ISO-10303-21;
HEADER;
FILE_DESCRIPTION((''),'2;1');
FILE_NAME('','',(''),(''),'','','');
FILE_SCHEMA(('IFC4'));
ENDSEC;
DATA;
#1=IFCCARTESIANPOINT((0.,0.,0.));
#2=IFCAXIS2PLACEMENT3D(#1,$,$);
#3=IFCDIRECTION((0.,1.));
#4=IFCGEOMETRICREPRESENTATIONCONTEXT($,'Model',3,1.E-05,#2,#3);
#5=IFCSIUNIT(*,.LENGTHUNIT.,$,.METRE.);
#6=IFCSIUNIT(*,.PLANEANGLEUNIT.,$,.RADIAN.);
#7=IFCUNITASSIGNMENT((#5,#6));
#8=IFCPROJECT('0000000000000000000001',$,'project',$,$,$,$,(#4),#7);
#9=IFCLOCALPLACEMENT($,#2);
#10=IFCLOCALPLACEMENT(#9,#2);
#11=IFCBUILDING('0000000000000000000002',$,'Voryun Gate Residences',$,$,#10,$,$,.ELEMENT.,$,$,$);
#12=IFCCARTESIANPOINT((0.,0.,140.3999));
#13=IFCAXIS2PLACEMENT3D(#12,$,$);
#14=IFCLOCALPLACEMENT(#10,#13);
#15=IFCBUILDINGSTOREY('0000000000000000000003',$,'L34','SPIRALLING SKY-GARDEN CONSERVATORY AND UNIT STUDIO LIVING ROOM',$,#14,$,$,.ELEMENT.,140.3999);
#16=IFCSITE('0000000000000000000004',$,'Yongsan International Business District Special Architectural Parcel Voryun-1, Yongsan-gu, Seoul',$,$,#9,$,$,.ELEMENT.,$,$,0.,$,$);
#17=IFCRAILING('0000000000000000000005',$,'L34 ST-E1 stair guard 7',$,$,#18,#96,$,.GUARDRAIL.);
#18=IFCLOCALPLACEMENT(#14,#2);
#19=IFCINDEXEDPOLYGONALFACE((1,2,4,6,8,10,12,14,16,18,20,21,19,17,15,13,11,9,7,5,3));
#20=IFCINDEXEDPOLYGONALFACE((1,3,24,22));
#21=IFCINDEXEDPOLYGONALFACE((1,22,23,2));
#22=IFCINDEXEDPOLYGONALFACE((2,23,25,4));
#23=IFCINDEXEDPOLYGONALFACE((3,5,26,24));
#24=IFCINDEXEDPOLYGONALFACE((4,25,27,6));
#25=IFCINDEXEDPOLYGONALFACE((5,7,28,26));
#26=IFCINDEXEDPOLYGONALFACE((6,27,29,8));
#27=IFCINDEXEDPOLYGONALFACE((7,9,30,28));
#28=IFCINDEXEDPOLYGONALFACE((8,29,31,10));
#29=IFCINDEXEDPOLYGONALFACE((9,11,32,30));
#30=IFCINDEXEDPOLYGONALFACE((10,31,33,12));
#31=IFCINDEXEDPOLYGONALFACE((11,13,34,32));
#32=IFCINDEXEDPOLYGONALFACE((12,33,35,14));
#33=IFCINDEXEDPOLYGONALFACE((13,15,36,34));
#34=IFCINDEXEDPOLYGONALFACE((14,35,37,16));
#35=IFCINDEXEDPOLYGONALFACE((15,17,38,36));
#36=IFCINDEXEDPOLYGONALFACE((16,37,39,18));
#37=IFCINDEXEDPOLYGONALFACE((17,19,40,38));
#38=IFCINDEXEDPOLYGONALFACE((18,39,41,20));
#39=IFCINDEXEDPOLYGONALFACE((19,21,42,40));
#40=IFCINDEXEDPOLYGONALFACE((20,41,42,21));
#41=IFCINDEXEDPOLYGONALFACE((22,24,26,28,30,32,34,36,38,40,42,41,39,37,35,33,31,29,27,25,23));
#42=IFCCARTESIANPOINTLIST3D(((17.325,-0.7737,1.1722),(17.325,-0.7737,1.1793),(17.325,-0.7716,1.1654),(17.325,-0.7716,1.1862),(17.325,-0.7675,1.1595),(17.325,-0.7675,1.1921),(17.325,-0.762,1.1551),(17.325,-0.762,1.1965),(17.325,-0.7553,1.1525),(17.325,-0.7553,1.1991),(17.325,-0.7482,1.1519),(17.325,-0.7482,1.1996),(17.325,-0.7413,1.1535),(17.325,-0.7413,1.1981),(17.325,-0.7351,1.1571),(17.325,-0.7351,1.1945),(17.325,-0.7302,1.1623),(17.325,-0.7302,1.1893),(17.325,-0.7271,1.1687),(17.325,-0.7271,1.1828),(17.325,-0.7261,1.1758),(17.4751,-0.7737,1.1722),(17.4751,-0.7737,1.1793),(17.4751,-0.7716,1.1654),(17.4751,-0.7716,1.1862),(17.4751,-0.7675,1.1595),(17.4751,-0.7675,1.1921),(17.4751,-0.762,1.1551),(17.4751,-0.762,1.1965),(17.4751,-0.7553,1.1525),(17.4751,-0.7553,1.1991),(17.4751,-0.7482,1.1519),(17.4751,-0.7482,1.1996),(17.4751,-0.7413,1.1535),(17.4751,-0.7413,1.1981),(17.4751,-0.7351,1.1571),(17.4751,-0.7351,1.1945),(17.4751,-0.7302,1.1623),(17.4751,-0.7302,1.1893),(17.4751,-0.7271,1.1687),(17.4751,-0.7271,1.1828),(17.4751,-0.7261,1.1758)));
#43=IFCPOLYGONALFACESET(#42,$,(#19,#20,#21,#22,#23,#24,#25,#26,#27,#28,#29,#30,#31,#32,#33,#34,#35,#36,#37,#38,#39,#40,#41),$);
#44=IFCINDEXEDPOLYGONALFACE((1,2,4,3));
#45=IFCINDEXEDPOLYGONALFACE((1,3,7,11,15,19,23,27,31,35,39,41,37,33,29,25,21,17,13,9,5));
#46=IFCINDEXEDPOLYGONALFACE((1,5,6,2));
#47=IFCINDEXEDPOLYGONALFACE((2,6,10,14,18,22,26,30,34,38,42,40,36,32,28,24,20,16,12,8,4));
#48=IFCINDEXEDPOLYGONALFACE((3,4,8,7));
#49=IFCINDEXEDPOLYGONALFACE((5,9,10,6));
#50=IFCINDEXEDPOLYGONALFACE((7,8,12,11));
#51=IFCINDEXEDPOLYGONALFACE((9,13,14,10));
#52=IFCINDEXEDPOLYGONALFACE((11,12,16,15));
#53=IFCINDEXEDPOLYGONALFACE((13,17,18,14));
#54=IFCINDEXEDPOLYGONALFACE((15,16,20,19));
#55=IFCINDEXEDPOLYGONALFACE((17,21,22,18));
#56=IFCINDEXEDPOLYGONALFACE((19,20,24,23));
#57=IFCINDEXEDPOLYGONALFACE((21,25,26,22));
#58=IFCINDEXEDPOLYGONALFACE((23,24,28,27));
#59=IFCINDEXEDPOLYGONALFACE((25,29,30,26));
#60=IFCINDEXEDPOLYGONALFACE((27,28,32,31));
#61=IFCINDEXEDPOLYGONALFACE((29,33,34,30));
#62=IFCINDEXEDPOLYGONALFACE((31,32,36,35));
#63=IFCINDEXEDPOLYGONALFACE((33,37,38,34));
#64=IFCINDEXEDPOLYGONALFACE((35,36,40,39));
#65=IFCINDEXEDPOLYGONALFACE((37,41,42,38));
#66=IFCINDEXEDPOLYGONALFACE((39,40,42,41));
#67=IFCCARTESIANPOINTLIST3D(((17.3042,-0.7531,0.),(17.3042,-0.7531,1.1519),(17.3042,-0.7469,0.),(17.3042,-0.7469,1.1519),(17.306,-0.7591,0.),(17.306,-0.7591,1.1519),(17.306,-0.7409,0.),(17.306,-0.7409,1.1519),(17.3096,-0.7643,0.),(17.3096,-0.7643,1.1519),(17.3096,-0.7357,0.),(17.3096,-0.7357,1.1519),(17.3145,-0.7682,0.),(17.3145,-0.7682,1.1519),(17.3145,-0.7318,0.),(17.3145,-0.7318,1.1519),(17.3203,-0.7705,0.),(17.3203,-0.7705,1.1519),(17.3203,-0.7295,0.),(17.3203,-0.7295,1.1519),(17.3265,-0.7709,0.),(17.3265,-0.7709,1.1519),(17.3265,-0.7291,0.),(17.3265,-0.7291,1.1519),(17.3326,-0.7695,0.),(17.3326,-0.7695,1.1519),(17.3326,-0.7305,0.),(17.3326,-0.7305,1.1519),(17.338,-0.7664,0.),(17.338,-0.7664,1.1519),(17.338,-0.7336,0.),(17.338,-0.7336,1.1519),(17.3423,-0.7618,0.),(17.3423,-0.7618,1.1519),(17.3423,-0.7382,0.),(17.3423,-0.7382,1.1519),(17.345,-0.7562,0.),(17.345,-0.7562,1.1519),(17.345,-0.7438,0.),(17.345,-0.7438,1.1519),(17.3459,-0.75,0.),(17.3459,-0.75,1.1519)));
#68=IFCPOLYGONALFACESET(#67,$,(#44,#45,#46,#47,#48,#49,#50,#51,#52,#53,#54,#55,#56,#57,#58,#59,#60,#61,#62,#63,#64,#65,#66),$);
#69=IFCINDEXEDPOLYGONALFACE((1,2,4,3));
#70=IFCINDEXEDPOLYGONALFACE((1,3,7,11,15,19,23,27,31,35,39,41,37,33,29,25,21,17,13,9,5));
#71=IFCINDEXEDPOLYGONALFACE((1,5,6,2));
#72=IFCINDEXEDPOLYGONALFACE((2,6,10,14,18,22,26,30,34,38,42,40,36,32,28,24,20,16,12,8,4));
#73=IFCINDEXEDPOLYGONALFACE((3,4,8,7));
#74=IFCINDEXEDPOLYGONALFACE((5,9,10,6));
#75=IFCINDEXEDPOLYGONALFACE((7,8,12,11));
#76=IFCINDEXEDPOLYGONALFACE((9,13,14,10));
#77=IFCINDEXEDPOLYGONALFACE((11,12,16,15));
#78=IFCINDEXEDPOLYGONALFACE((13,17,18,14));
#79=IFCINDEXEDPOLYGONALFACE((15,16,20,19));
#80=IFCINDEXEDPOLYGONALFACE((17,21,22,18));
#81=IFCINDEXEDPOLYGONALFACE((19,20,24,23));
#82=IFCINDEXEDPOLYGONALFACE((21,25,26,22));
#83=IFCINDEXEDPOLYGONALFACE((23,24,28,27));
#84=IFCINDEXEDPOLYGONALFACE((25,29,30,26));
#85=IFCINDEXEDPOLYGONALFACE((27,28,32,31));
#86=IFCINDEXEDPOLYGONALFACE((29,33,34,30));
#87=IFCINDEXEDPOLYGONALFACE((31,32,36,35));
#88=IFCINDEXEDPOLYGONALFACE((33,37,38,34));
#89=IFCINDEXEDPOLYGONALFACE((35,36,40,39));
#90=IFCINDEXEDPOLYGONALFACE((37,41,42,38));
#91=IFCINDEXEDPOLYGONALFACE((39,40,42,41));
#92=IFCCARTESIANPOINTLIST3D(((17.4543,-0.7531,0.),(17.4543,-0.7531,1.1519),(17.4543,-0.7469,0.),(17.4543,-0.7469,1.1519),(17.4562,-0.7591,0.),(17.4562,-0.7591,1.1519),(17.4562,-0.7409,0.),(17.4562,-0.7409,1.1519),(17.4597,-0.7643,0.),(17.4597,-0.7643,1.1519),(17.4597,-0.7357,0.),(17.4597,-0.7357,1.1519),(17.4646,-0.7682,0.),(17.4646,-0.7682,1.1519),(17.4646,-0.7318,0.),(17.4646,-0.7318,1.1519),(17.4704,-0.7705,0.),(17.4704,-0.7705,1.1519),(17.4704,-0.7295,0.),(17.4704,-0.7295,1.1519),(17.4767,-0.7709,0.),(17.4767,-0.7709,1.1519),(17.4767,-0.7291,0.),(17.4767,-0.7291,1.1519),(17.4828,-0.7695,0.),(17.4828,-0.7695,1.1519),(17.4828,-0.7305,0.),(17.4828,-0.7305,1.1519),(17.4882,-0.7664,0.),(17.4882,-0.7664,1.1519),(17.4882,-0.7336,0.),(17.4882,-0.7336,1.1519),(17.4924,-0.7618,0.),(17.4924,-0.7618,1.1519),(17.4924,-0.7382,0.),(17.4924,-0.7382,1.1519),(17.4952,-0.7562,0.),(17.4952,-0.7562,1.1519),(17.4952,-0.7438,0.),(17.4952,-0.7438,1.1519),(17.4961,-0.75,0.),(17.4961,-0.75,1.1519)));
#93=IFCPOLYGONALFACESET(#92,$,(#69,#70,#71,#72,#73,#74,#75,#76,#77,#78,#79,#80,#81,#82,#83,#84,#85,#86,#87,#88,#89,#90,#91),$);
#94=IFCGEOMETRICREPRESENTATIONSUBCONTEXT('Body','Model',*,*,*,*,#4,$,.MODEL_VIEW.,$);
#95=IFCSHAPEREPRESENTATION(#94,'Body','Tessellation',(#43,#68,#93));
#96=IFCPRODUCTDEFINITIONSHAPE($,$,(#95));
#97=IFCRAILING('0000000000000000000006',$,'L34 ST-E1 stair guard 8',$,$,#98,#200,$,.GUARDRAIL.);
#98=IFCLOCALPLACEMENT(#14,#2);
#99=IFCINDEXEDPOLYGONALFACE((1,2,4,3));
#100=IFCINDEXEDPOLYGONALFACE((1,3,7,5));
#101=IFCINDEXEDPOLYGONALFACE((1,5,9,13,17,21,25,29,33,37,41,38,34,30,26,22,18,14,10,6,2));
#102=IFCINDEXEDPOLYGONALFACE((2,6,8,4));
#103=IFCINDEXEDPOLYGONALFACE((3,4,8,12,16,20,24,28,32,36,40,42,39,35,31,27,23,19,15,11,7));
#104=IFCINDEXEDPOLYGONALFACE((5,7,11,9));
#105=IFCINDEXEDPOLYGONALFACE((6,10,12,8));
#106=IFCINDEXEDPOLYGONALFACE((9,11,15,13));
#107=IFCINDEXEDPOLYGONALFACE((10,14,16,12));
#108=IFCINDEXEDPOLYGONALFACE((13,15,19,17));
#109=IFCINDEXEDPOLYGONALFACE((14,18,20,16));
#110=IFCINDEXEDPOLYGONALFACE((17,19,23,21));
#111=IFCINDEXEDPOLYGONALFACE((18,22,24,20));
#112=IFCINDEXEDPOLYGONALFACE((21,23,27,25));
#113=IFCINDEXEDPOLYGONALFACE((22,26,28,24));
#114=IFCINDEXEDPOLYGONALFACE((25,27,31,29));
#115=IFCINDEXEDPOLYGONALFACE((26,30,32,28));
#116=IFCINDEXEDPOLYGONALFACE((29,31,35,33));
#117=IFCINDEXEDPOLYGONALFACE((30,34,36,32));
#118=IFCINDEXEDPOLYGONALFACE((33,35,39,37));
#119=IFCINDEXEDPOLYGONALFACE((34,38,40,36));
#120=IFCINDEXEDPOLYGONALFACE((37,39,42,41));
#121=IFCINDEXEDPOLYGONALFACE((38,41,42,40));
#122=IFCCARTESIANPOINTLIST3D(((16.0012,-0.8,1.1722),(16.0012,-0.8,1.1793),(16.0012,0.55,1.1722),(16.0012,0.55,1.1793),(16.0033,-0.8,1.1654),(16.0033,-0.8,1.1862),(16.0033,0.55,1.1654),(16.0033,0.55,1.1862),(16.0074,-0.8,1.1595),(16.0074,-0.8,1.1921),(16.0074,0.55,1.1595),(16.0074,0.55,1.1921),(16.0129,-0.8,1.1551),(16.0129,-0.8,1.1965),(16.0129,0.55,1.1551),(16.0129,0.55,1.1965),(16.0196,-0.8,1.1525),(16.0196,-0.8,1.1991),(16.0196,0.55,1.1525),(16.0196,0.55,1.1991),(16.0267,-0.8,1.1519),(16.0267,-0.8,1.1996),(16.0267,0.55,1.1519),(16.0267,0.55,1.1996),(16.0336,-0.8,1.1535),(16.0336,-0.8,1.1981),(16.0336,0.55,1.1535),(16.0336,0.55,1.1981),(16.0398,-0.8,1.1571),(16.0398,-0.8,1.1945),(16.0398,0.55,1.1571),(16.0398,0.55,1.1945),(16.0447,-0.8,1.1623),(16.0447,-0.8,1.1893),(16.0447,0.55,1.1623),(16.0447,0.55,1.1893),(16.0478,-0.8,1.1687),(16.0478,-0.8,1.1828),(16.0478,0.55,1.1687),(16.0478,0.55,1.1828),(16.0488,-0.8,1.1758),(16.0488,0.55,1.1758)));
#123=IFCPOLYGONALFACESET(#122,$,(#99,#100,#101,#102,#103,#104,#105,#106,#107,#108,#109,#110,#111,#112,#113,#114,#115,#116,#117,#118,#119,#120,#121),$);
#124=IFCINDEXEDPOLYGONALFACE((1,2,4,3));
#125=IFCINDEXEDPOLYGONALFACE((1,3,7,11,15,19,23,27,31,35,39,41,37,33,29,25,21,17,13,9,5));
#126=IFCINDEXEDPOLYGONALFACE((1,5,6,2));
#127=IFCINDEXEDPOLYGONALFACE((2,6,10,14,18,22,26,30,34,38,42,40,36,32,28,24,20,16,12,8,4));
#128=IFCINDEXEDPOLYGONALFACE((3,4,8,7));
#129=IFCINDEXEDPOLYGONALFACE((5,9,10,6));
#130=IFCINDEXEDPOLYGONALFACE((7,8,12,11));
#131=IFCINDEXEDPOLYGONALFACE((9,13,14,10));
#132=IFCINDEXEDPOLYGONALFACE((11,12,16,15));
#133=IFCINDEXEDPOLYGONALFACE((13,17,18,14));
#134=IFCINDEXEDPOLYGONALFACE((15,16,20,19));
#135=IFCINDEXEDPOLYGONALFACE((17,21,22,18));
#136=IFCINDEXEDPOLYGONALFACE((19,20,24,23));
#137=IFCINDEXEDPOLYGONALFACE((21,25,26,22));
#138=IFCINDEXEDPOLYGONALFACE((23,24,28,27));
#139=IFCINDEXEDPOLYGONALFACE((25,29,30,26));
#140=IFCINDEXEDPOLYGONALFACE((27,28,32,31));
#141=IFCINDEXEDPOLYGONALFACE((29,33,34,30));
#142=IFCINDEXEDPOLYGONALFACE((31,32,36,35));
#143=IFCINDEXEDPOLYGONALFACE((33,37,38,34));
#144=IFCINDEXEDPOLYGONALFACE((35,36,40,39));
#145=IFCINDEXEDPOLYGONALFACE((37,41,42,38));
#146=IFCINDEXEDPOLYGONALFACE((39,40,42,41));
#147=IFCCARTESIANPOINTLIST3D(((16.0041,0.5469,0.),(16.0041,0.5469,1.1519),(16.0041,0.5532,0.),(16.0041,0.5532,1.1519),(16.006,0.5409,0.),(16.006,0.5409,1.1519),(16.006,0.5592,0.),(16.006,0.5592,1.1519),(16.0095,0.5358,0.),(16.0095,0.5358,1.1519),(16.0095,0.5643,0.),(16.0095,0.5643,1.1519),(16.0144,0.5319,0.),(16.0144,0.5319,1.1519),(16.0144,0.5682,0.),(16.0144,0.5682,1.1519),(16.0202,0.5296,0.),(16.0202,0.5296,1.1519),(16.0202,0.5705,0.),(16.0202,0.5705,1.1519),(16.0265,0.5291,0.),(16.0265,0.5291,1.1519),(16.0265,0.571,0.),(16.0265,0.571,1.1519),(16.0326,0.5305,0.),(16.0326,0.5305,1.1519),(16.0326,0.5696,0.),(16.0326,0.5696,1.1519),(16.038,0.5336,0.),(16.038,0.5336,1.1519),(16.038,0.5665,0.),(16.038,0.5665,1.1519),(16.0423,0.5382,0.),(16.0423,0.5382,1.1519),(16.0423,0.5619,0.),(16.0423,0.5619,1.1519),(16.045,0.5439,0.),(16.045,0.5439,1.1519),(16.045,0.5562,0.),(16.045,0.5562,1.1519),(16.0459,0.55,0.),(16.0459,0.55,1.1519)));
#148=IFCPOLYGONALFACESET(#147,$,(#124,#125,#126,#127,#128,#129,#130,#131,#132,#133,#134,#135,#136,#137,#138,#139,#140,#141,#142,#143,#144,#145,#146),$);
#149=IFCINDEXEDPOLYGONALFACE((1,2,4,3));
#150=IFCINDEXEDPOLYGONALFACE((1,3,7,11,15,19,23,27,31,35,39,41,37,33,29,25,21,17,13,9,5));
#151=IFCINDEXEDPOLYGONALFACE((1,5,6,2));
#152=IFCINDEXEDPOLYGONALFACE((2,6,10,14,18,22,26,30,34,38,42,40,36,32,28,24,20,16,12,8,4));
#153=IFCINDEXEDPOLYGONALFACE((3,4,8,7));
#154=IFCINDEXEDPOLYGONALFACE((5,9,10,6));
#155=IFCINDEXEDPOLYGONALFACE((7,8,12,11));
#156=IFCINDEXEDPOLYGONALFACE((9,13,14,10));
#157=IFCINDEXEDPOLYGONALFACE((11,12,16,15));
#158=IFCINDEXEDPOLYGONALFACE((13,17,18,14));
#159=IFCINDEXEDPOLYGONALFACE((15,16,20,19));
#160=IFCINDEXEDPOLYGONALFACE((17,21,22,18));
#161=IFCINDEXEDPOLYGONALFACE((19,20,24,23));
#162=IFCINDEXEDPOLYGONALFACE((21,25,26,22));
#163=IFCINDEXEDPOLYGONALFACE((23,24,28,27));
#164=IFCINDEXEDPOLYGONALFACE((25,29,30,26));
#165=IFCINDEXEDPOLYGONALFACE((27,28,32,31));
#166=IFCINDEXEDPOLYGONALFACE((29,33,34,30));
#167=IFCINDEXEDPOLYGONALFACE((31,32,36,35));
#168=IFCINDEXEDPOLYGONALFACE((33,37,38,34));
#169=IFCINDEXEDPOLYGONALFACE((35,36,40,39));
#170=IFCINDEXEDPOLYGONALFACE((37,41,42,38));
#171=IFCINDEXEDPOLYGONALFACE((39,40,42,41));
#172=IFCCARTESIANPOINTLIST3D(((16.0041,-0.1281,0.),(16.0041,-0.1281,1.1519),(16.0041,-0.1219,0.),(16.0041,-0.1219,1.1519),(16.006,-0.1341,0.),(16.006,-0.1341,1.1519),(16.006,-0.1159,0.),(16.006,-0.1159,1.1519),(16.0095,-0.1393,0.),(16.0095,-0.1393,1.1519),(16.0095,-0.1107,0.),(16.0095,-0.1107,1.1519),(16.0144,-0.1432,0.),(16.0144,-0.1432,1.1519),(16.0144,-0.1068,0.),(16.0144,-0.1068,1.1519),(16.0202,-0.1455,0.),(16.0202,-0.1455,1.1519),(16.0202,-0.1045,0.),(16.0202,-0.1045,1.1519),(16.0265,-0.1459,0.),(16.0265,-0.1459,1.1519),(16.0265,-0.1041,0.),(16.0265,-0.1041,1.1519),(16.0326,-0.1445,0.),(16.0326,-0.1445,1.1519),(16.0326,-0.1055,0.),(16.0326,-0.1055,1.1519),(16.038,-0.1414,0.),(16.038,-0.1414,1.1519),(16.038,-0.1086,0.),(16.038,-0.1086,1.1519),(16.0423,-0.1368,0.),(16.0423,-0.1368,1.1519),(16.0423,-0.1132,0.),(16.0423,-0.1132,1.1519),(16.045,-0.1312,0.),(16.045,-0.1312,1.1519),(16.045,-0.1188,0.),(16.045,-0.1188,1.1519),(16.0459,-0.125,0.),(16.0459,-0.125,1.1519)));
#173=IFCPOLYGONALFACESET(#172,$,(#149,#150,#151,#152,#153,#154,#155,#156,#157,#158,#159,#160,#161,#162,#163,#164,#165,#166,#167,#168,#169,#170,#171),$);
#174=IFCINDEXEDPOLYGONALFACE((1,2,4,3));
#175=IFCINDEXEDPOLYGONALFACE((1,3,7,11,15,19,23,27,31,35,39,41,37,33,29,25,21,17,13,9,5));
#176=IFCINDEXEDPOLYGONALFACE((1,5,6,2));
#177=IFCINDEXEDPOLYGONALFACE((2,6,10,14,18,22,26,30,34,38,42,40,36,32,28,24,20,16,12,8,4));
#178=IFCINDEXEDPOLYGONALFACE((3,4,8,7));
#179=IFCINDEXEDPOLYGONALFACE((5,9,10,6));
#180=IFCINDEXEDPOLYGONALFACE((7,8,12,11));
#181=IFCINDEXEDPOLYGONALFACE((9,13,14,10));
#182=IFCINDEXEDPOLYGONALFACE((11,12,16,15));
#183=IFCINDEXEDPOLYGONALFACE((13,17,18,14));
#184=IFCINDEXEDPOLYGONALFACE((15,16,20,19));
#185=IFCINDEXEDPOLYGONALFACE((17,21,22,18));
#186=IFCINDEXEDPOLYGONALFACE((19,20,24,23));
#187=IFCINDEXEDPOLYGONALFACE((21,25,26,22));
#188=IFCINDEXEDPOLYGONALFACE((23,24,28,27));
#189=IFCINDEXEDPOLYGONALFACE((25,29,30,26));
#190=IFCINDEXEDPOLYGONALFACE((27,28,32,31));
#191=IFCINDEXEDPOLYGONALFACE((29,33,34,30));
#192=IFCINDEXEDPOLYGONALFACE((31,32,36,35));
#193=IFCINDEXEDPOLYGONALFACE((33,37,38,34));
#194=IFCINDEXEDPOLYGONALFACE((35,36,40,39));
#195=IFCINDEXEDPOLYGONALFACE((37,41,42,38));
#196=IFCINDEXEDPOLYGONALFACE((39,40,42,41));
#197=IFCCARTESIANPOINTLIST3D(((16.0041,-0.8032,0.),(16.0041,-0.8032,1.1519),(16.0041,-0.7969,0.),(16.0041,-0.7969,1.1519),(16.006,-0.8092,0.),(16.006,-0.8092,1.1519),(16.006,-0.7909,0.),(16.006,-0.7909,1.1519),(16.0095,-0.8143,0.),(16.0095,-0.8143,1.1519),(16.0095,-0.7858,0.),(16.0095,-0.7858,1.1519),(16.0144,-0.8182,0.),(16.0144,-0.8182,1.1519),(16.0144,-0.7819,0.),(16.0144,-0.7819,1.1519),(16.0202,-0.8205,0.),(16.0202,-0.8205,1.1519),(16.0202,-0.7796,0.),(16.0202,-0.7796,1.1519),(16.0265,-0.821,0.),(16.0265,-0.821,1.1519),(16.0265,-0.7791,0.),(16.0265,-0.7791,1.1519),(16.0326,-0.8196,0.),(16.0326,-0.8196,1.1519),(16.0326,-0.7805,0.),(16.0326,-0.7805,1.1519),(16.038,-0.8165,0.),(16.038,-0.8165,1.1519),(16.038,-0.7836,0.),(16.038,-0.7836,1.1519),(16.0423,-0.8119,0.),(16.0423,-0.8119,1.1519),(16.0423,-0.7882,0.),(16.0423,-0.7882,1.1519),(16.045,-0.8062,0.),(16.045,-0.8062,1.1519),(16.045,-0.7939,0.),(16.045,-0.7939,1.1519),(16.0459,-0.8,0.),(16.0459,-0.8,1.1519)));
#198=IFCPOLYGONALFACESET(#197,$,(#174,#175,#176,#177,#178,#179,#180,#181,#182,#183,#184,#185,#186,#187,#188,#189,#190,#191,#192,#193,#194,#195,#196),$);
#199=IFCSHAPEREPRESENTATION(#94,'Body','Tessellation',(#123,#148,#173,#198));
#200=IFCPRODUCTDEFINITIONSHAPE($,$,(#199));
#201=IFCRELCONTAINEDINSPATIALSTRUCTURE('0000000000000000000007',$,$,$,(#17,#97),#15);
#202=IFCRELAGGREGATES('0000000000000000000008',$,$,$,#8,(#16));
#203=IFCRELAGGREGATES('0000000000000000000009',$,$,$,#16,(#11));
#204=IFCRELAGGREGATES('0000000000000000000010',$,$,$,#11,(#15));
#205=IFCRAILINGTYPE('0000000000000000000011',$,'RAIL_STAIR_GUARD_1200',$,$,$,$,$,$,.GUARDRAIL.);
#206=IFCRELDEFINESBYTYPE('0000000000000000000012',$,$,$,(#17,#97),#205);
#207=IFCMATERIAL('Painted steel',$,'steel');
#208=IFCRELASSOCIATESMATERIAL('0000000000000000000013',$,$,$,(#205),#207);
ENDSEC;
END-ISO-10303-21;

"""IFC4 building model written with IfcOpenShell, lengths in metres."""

from ifc_helpers import new_model, si_unit, direction, frame, origin, origin_2d, place, context, subcontext, project, spatial, circle, extrude, material, type_object, element, save


model = new_model("IFC4")

# Units and contexts
model_context = context("Model", 3, precision=1e-05, world=origin(), true_north=direction((0.0, 1.0)))
body_context = subcontext(model_context, "Body", "Model", "MODEL_VIEW")
ifc_project = project(units=[si_unit("LENGTHUNIT", "METRE"), si_unit("PLANEANGLEUNIT", "RADIAN")], contexts=[model_context])

# Site, building, storey
site_placement = place(None, origin())
site = spatial("IfcSite", under=ifc_project, at=site_placement, Name="Yongsan International Business District Special Architectural Parcel Voryun-1, Yongsan-gu, Seoul", CompositionType="ELEMENT", RefElevation=0.0)
building_placement = place(site_placement, origin())
building = spatial("IfcBuilding", under=site, at=building_placement, Name="Voryun Gate Residences", CompositionType="ELEMENT")
storey_placement = place(building_placement, frame((0.0, 0.0, 140.3999)))
storey = spatial("IfcBuildingStorey", under=building, at=storey_placement, Name="L34", Description="SPIRALLING SKY-GARDEN CONSERVATORY AND UNIT STUDIO LIVING ROOM", CompositionType="ELEMENT", Elevation=140.3999)

# Railings
ifc_material_1 = material(Name="Painted steel", Category="steel")
railing_type_1 = type_object("IfcRailingType", Name="RAIL_STAIR_GUARD_1200", PredefinedType="GUARDRAIL", material=ifc_material_1)
railing_1_placement = place(storey_placement, frame((17.325, -0.75, 0.0)))
element("IfcRailing", 1, at=railing_1_placement, inside=storey, type_object=railing_type_1, Name="L34 ST-E1 stair guard 7", PredefinedType="GUARDRAIL", context=body_context, shape_type="SweptSolid", body=[
    extrude(circle(Radius=0.0239, at=origin_2d()), frame((0.0, 0.0, 1.1758), z_axis=(1.0, 0.0, 0.0), x_axis=(0.0, 1.0, 0.0)), (0.0, 0.0, 1.0), 0.1501),
    extrude(circle(Radius=0.021, at=origin_2d()), origin(), (0.0, 0.0, 1.0), 1.1519),
    extrude(circle(Radius=0.021, at=origin_2d()), frame((0.1501, 0.0, 0.0)), (0.0, 0.0, 1.0), 1.1519),
])
for number, where, name in (
    (2, (16.0249, 0.55, 0.0), "L34 ST-E1 stair guard 8"),
):
    element("IfcRailing", number, at=place(storey_placement, frame(where)), inside=storey, type_object=railing_type_1, Name=name, PredefinedType="GUARDRAIL", context=body_context, shape_type="SweptSolid", body=[
        extrude(circle(Radius=0.0239, at=origin_2d()), frame((0.0, 0.0, 1.1758), z_axis=(0.0, -1.0, 0.0), x_axis=(1.0, 0.0, 0.0)), (0.0, 0.0, 1.0), 1.3501),
        extrude(circle(Radius=0.021, at=origin_2d()), origin(), (0.0, 0.0, 1.0), 1.1519),
        extrude(circle(Radius=0.021, at=origin_2d()), frame((0.0, -0.675, 0.0)), (0.0, 0.0, 1.0), 1.1519),
        extrude(circle(Radius=0.021, at=origin_2d()), frame((0.0, -1.3501, 0.0)), (0.0, 0.0, 1.0), 1.1519),
    ])

save(model, "model.ifc")
